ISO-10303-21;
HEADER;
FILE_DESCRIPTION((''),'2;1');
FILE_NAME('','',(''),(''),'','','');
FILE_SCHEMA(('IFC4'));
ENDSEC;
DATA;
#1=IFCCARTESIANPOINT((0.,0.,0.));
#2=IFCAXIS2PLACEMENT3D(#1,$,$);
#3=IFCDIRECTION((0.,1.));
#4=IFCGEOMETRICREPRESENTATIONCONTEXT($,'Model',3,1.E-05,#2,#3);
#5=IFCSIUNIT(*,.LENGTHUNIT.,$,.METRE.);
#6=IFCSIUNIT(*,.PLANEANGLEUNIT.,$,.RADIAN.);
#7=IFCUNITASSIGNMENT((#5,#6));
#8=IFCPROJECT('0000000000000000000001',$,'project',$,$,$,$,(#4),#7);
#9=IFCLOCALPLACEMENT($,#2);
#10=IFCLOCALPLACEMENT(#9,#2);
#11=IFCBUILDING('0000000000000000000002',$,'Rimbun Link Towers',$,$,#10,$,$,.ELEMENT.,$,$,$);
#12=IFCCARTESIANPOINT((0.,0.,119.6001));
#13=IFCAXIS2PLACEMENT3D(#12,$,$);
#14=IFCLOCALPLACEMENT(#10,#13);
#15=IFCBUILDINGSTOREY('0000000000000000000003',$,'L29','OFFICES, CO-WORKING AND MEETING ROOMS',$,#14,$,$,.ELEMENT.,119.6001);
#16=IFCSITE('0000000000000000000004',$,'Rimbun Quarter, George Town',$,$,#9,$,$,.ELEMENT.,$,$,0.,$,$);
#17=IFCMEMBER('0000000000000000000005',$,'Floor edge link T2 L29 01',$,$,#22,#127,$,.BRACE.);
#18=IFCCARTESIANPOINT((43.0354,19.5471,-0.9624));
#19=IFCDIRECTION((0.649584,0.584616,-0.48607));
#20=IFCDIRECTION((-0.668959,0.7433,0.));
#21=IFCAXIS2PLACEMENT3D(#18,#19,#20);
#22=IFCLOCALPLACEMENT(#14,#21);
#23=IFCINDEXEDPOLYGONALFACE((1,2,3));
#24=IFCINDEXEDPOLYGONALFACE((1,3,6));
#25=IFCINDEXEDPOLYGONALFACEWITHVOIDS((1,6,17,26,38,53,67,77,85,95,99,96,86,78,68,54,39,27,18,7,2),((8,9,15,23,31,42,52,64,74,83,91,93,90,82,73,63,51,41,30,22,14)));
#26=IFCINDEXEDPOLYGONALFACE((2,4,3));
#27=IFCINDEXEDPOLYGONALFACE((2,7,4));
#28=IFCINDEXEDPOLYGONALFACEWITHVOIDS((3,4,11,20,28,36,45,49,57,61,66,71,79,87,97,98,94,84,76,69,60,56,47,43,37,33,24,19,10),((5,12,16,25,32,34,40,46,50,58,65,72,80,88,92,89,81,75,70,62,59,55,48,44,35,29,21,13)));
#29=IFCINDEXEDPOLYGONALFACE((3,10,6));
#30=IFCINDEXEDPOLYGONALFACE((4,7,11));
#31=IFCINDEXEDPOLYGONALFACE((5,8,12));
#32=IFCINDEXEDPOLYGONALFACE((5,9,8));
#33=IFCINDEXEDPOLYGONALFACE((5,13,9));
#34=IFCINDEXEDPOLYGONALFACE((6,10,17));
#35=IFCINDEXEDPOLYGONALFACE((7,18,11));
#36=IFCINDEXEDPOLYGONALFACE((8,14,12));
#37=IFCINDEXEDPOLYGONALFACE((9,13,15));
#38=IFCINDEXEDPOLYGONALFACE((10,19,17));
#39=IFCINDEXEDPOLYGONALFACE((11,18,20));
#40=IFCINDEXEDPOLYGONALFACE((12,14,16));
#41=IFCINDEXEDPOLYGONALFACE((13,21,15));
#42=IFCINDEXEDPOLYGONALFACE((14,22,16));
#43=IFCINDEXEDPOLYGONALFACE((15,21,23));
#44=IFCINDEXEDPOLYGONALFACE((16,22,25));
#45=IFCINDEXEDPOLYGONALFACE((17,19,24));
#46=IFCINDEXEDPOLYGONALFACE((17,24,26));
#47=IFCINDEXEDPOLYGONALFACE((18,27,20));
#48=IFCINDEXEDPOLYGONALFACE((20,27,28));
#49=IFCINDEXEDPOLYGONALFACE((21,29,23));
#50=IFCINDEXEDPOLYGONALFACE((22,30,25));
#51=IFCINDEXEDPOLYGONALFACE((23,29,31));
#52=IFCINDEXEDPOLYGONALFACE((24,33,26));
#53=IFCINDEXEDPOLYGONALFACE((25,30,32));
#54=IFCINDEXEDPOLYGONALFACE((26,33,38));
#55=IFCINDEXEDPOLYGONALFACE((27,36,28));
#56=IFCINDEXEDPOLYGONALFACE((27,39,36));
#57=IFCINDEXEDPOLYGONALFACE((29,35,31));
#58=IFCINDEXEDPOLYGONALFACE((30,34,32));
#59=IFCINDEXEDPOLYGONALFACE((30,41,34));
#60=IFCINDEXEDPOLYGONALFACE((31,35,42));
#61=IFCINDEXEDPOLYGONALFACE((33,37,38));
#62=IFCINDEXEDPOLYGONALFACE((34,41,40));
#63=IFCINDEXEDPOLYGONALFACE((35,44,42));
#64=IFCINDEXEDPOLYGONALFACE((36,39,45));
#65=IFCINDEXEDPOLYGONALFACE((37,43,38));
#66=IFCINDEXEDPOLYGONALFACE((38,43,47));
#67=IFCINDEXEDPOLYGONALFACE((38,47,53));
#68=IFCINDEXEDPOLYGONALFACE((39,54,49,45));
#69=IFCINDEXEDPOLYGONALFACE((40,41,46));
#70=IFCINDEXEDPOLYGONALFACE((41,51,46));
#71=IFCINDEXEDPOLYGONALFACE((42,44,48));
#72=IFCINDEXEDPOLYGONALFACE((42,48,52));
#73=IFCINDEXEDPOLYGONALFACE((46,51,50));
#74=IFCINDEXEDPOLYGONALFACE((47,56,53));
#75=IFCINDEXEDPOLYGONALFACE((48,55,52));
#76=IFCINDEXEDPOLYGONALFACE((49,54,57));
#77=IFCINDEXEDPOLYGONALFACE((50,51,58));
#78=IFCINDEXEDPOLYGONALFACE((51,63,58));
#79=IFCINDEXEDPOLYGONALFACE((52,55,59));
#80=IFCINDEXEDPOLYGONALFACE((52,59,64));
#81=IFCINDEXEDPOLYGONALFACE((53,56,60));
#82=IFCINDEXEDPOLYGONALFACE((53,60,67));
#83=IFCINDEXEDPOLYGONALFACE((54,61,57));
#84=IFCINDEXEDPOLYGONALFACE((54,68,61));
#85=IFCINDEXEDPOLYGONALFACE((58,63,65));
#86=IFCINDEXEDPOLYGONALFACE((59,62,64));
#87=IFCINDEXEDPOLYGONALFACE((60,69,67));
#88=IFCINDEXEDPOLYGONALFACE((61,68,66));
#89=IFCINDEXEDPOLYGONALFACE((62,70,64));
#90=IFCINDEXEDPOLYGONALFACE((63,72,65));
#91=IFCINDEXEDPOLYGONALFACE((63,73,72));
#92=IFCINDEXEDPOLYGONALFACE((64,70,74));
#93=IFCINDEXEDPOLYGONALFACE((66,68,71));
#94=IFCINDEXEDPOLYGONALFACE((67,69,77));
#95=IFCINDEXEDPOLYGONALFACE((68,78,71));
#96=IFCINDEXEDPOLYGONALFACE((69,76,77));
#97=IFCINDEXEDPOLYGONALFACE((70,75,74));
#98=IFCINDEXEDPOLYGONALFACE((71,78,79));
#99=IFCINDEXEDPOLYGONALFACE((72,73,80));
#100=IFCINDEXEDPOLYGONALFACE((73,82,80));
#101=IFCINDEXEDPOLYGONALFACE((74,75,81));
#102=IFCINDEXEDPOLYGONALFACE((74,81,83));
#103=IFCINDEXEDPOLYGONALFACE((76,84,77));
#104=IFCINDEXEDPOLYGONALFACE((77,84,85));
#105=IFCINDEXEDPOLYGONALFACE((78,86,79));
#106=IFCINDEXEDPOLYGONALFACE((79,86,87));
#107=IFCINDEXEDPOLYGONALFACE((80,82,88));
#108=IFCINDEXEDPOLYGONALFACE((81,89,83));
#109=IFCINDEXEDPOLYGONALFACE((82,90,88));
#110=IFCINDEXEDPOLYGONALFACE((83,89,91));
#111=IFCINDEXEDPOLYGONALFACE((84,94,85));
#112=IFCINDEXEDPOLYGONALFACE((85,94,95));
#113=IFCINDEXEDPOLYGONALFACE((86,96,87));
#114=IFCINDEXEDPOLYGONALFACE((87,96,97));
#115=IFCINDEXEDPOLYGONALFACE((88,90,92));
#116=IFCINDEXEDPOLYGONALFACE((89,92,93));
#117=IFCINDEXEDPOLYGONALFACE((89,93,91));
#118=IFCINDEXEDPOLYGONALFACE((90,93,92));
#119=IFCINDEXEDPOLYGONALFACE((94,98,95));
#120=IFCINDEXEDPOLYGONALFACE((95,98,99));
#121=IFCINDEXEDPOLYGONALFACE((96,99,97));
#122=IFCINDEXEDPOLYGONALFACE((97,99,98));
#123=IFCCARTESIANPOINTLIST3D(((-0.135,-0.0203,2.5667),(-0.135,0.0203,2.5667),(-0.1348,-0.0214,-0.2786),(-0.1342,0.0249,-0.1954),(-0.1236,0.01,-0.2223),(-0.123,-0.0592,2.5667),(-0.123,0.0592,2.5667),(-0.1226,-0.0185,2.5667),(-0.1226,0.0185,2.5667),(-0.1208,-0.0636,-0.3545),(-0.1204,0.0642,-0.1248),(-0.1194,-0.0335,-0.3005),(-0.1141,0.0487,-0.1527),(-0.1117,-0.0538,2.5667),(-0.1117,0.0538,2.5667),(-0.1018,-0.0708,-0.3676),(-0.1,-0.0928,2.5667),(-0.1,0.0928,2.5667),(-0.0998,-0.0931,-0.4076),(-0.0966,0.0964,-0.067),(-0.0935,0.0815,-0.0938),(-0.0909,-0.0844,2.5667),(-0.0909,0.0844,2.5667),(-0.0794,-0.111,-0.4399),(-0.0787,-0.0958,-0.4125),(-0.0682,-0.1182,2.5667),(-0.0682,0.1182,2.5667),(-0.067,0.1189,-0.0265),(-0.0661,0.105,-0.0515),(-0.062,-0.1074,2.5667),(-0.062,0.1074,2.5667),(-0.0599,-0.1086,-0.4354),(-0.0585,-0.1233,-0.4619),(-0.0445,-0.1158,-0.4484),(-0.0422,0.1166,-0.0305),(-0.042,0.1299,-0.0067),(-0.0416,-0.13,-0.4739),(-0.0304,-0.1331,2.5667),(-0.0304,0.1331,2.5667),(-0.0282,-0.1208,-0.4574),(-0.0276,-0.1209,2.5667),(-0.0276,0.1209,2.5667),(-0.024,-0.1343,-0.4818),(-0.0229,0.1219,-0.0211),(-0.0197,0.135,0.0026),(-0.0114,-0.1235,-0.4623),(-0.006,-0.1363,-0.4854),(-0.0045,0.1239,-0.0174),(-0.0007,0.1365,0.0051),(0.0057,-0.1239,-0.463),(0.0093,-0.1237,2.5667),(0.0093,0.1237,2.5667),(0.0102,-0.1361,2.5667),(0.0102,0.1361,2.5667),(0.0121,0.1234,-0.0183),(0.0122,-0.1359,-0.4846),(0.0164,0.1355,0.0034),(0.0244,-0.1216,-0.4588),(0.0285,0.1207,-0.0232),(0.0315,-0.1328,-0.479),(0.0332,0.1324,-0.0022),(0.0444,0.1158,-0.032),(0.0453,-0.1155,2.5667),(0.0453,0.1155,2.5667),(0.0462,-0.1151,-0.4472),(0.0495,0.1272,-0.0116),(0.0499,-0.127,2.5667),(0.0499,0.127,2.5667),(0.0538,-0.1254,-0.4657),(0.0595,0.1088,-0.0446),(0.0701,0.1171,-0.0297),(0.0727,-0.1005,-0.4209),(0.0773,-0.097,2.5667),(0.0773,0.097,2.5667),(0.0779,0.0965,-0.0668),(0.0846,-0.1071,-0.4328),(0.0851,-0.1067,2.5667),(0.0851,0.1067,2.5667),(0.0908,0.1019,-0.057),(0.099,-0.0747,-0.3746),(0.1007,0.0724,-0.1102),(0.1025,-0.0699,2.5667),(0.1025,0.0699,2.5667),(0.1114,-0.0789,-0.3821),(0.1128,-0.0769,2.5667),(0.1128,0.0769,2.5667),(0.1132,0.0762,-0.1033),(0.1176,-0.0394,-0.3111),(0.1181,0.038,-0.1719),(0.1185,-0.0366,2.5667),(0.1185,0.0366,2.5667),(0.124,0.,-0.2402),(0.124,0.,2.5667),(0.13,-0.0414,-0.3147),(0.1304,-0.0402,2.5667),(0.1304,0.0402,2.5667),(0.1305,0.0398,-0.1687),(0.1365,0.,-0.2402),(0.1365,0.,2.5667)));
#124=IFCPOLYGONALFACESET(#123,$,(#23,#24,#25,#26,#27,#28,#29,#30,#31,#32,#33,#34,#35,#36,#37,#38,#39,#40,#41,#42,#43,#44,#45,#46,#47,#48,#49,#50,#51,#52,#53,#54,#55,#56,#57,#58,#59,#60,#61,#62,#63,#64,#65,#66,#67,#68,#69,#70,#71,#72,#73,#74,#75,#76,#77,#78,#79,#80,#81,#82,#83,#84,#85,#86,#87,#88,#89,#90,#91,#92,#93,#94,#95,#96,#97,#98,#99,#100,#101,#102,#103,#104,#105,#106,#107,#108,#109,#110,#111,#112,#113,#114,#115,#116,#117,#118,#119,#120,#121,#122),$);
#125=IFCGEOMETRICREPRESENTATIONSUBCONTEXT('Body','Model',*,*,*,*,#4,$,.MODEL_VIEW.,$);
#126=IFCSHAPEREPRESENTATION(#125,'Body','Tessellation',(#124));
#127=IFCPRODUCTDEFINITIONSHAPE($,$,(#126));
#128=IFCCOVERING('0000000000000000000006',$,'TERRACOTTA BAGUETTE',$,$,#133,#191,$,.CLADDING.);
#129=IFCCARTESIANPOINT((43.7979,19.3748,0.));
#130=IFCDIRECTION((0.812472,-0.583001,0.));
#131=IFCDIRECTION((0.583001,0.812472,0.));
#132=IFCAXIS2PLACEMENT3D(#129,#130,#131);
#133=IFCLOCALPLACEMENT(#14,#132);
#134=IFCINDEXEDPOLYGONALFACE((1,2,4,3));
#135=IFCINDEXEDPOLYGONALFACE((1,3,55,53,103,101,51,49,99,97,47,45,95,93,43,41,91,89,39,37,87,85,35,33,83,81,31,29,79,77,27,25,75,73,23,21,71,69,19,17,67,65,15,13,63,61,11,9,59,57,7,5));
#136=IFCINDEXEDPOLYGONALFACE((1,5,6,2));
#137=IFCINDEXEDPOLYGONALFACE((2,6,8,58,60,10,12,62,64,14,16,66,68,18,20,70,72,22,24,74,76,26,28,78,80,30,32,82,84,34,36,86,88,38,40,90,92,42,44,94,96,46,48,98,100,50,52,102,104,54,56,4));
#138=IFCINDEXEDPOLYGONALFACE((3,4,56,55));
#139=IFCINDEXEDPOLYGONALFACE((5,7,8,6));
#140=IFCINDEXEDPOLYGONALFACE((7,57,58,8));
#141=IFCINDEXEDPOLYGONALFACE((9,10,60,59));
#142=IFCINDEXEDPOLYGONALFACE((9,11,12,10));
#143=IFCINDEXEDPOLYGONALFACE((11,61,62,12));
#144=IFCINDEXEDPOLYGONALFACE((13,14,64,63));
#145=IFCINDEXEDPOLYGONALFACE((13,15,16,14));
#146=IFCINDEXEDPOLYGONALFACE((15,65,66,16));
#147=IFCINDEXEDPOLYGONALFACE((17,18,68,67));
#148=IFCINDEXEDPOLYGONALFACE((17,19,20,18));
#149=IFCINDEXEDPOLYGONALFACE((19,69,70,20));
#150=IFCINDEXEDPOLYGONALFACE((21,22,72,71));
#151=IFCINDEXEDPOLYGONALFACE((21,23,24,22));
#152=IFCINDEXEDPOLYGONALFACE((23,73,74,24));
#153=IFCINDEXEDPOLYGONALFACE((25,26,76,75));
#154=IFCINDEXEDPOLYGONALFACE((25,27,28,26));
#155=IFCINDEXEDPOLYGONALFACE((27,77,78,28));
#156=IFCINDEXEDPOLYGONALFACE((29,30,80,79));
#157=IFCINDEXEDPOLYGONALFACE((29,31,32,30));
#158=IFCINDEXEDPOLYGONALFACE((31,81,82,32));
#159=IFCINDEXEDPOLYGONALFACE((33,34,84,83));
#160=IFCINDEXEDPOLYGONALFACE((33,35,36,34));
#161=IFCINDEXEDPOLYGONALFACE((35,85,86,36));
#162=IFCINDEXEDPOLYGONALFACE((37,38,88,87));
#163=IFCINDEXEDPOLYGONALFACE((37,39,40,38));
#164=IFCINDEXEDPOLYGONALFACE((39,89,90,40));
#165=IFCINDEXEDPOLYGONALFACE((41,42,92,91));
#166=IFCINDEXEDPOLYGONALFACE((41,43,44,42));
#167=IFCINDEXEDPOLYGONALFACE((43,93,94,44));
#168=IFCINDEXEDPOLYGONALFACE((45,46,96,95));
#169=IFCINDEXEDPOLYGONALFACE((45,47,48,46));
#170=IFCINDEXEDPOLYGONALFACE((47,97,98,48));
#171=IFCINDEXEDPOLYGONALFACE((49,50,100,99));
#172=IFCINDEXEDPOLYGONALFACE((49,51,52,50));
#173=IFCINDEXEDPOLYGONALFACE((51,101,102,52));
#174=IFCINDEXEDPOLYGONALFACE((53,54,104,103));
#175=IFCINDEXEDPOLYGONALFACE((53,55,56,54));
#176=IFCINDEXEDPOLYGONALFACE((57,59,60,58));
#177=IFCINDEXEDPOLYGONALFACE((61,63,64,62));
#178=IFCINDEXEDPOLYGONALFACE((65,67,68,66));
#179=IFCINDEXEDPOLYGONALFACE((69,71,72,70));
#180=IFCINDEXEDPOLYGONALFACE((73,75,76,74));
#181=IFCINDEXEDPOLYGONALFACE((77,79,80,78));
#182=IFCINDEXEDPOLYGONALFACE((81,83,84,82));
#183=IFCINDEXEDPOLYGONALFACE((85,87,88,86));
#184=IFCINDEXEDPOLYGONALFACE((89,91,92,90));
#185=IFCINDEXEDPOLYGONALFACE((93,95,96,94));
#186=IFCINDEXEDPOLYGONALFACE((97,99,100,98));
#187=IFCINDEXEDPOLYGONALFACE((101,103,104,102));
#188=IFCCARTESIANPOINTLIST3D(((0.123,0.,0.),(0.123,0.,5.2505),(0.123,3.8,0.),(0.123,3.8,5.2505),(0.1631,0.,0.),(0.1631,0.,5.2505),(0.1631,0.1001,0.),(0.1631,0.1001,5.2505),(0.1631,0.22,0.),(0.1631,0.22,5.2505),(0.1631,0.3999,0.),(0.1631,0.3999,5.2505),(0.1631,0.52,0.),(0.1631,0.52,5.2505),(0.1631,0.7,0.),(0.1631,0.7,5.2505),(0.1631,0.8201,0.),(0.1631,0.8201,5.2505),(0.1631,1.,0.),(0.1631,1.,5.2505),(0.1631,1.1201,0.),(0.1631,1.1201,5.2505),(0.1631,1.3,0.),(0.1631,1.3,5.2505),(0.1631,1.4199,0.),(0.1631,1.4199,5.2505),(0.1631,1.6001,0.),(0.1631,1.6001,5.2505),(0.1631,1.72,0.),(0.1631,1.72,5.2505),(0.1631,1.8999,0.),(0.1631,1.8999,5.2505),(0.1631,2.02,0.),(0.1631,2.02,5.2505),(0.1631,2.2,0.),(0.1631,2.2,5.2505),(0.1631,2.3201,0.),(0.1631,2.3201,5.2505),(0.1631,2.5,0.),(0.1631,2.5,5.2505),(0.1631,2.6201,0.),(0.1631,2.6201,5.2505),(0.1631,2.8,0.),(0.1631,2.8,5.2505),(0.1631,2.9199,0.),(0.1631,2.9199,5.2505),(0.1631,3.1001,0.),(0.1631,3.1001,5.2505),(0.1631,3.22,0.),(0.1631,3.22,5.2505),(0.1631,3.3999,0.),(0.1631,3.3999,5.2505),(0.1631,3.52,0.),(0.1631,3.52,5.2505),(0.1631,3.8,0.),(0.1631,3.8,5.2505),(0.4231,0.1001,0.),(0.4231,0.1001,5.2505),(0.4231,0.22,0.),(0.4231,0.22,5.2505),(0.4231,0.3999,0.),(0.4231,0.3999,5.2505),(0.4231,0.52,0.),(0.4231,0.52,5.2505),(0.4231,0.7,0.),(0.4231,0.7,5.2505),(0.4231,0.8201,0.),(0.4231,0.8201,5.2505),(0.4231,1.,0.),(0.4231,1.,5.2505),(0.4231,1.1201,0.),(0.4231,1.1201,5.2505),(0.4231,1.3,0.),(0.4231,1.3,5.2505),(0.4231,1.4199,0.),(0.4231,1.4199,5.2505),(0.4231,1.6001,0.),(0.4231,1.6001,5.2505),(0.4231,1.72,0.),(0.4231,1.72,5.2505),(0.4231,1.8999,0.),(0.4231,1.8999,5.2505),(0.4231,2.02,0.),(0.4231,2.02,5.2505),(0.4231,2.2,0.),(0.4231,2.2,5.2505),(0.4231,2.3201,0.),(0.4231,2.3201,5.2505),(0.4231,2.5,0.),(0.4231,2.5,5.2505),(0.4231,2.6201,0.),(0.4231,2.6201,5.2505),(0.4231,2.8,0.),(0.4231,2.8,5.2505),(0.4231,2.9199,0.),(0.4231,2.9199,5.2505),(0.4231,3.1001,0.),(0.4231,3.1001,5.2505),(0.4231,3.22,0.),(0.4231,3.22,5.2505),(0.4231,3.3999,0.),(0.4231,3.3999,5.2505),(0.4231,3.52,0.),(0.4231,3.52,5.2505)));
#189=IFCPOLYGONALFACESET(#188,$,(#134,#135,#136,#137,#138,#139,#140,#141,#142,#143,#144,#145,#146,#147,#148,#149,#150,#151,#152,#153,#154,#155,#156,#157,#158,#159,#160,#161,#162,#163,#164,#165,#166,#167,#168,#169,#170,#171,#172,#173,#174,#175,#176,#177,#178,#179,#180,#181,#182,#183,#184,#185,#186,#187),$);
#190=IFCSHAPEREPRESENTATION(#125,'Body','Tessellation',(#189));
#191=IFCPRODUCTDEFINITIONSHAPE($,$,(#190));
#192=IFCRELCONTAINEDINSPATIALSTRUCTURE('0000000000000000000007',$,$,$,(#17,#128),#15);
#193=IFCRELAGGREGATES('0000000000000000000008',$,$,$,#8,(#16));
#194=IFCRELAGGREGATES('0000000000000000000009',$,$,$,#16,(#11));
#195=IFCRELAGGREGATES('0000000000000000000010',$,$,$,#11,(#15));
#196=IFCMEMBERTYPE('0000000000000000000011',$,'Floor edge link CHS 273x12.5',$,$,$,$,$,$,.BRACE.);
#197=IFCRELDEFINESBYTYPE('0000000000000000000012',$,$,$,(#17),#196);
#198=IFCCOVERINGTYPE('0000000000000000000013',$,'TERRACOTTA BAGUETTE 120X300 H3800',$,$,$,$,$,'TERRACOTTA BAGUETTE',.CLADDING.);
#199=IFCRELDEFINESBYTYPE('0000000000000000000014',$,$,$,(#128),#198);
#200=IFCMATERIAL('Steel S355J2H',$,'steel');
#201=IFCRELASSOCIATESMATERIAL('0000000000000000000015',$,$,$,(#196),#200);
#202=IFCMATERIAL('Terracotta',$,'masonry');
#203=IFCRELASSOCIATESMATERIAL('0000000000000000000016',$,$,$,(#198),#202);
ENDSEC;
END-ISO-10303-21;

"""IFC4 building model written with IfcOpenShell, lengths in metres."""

from ifc_helpers import new_model, si_unit, direction, frame, origin, origin_2d, place, context, subcontext, project, spatial, polyline, hollow_circle, outline, extrude, clip, halfspace, material, material_profile, profile_set, type_object, element, save


model = new_model("IFC4")

# Units and contexts
model_context = context("Model", 3, precision=1e-05, world=origin(), true_north=direction((0.0, 1.0)))
body_context = subcontext(model_context, "Body", "Model", "MODEL_VIEW")
ifc_project = project(units=[si_unit("LENGTHUNIT", "METRE"), si_unit("PLANEANGLEUNIT", "RADIAN")], contexts=[model_context])

# Site, building, storey
site_placement = place(None, origin())
site = spatial("IfcSite", under=ifc_project, at=site_placement, Name="Rimbun Quarter, George Town", CompositionType="ELEMENT", RefElevation=0.0)
building_placement = place(site_placement, origin())
building = spatial("IfcBuilding", under=site, at=building_placement, Name="Rimbun Link Towers", CompositionType="ELEMENT")
storey_placement = place(building_placement, frame((0.0, 0.0, 119.6001)))
storey = spatial("IfcBuildingStorey", under=building, at=storey_placement, Name="L29", Description="OFFICES, CO-WORKING AND MEETING ROOMS", CompositionType="ELEMENT", Elevation=119.6001)

# Member
ifc_material_1 = material(Name="Steel S355J2H", Category="steel")
ifc_material_profile_1 = material_profile(ifc_material_1, hollow_circle(Radius=0.1365, WallThickness=0.0125, at=origin_2d()), Name="CHS 273x12.5")
ifc_profile_set_1 = profile_set([ifc_material_profile_1], Name="Steel S355J2H")
member_type_1 = type_object("IfcMemberType", Name="Floor edge link CHS 273x12.5", PredefinedType="BRACE", material=ifc_profile_set_1)
member_1_placement = place(storey_placement, frame((43.0354, 19.5471, -0.9624), z_axis=(0.649584, 0.584616, -0.48607), x_axis=(-0.668959, 0.7433, 0.0)))
element("IfcMember", 1, at=member_1_placement, inside=storey, type_object=member_type_1, Name="Floor edge link T2 L29 01", PredefinedType="BRACE", context=body_context, shape_type="Clipping", body=[
    clip(extrude(hollow_circle(Radius=0.1365, WallThickness=0.0125, at=origin_2d()), frame((0.0, 0.0, -0.5115)), (0.0, 0.0, 1.0), 3.0781), halfspace(frame((0.0, 0.0, -0.2402), z_axis=(0.0, 0.87392, -0.48607)), False)),
])

# Covering
ifc_material_2 = material(Name="Terracotta", Category="masonry")
ifc_material_profile_2 = material_profile(ifc_material_2, outline(polyline([(0.123, 0.0), (0.1631, 0.0), (0.1631, 0.1001), (0.4231, 0.1001), (0.4231, 0.22), (0.1631, 0.22), (0.1631, 0.3999), (0.4231, 0.3999), (0.4231, 0.52), (0.1631, 0.52), (0.1631, 0.7), (0.4231, 0.7), (0.4231, 0.8201), (0.1631, 0.8201), (0.1631, 1.0), (0.4231, 1.0), (0.4231, 1.1201), (0.1631, 1.1201), (0.1631, 1.3), (0.4231, 1.3), (0.4231, 1.4199), (0.1631, 1.4199), (0.1631, 1.6001), (0.4231, 1.6001), (0.4231, 1.72), (0.1631, 1.72), (0.1631, 1.8999), (0.4231, 1.8999), (0.4231, 2.02), (0.1631, 2.02), (0.1631, 2.2), (0.4231, 2.2), (0.4231, 2.3201), (0.1631, 2.3201), (0.1631, 2.5), (0.4231, 2.5), (0.4231, 2.6201), (0.1631, 2.6201), (0.1631, 2.8), (0.4231, 2.8), (0.4231, 2.9199), (0.1631, 2.9199), (0.1631, 3.1001), (0.4231, 3.1001), (0.4231, 3.22), (0.1631, 3.22), (0.1631, 3.3999), (0.4231, 3.3999), (0.4231, 3.52), (0.1631, 3.52), (0.1631, 3.8), (0.123, 3.8), (0.123, 0.0)])), Name="BAGUETTE 120X300")
ifc_profile_set_2 = profile_set([ifc_material_profile_2], Name="Terracotta")
covering_type = type_object("IfcCoveringType", Name="TERRACOTTA BAGUETTE 120X300 H3800", ElementType="TERRACOTTA BAGUETTE", PredefinedType="CLADDING", material=ifc_profile_set_2)
covering_1_placement = place(storey_placement, frame((43.7979, 19.3748, 0.0), z_axis=(0.812472, -0.583001, 0.0), x_axis=(0.583001, 0.812472, 0.0)))
element("IfcCovering", 2, at=covering_1_placement, inside=storey, type_object=covering_type, Name="TERRACOTTA BAGUETTE", PredefinedType="CLADDING", context=body_context, shape_type="SweptSolid", body=[
    extrude(outline(polyline([(0.123, 0.0), (0.1631, 0.0), (0.1631, 0.1001), (0.4231, 0.1001), (0.4231, 0.22), (0.1631, 0.22), (0.1631, 0.3999), (0.4231, 0.3999), (0.4231, 0.52), (0.1631, 0.52), (0.1631, 0.7), (0.4231, 0.7), (0.4231, 0.8201), (0.1631, 0.8201), (0.1631, 1.0), (0.4231, 1.0), (0.4231, 1.1201), (0.1631, 1.1201), (0.1631, 1.3), (0.4231, 1.3), (0.4231, 1.4199), (0.1631, 1.4199), (0.1631, 1.6001), (0.4231, 1.6001), (0.4231, 1.72), (0.1631, 1.72), (0.1631, 1.8999), (0.4231, 1.8999), (0.4231, 2.02), (0.1631, 2.02), (0.1631, 2.2), (0.4231, 2.2), (0.4231, 2.3201), (0.1631, 2.3201), (0.1631, 2.5), (0.4231, 2.5), (0.4231, 2.6201), (0.1631, 2.6201), (0.1631, 2.8), (0.4231, 2.8), (0.4231, 2.9199), (0.1631, 2.9199), (0.1631, 3.1001), (0.4231, 3.1001), (0.4231, 3.22), (0.1631, 3.22), (0.1631, 3.3999), (0.4231, 3.3999), (0.4231, 3.52), (0.1631, 3.52), (0.1631, 3.8), (0.123, 3.8), (0.123, 0.0)])), origin(), (0.0, 0.0, 1.0), 5.2505),
])

save(model, "model.ifc")
